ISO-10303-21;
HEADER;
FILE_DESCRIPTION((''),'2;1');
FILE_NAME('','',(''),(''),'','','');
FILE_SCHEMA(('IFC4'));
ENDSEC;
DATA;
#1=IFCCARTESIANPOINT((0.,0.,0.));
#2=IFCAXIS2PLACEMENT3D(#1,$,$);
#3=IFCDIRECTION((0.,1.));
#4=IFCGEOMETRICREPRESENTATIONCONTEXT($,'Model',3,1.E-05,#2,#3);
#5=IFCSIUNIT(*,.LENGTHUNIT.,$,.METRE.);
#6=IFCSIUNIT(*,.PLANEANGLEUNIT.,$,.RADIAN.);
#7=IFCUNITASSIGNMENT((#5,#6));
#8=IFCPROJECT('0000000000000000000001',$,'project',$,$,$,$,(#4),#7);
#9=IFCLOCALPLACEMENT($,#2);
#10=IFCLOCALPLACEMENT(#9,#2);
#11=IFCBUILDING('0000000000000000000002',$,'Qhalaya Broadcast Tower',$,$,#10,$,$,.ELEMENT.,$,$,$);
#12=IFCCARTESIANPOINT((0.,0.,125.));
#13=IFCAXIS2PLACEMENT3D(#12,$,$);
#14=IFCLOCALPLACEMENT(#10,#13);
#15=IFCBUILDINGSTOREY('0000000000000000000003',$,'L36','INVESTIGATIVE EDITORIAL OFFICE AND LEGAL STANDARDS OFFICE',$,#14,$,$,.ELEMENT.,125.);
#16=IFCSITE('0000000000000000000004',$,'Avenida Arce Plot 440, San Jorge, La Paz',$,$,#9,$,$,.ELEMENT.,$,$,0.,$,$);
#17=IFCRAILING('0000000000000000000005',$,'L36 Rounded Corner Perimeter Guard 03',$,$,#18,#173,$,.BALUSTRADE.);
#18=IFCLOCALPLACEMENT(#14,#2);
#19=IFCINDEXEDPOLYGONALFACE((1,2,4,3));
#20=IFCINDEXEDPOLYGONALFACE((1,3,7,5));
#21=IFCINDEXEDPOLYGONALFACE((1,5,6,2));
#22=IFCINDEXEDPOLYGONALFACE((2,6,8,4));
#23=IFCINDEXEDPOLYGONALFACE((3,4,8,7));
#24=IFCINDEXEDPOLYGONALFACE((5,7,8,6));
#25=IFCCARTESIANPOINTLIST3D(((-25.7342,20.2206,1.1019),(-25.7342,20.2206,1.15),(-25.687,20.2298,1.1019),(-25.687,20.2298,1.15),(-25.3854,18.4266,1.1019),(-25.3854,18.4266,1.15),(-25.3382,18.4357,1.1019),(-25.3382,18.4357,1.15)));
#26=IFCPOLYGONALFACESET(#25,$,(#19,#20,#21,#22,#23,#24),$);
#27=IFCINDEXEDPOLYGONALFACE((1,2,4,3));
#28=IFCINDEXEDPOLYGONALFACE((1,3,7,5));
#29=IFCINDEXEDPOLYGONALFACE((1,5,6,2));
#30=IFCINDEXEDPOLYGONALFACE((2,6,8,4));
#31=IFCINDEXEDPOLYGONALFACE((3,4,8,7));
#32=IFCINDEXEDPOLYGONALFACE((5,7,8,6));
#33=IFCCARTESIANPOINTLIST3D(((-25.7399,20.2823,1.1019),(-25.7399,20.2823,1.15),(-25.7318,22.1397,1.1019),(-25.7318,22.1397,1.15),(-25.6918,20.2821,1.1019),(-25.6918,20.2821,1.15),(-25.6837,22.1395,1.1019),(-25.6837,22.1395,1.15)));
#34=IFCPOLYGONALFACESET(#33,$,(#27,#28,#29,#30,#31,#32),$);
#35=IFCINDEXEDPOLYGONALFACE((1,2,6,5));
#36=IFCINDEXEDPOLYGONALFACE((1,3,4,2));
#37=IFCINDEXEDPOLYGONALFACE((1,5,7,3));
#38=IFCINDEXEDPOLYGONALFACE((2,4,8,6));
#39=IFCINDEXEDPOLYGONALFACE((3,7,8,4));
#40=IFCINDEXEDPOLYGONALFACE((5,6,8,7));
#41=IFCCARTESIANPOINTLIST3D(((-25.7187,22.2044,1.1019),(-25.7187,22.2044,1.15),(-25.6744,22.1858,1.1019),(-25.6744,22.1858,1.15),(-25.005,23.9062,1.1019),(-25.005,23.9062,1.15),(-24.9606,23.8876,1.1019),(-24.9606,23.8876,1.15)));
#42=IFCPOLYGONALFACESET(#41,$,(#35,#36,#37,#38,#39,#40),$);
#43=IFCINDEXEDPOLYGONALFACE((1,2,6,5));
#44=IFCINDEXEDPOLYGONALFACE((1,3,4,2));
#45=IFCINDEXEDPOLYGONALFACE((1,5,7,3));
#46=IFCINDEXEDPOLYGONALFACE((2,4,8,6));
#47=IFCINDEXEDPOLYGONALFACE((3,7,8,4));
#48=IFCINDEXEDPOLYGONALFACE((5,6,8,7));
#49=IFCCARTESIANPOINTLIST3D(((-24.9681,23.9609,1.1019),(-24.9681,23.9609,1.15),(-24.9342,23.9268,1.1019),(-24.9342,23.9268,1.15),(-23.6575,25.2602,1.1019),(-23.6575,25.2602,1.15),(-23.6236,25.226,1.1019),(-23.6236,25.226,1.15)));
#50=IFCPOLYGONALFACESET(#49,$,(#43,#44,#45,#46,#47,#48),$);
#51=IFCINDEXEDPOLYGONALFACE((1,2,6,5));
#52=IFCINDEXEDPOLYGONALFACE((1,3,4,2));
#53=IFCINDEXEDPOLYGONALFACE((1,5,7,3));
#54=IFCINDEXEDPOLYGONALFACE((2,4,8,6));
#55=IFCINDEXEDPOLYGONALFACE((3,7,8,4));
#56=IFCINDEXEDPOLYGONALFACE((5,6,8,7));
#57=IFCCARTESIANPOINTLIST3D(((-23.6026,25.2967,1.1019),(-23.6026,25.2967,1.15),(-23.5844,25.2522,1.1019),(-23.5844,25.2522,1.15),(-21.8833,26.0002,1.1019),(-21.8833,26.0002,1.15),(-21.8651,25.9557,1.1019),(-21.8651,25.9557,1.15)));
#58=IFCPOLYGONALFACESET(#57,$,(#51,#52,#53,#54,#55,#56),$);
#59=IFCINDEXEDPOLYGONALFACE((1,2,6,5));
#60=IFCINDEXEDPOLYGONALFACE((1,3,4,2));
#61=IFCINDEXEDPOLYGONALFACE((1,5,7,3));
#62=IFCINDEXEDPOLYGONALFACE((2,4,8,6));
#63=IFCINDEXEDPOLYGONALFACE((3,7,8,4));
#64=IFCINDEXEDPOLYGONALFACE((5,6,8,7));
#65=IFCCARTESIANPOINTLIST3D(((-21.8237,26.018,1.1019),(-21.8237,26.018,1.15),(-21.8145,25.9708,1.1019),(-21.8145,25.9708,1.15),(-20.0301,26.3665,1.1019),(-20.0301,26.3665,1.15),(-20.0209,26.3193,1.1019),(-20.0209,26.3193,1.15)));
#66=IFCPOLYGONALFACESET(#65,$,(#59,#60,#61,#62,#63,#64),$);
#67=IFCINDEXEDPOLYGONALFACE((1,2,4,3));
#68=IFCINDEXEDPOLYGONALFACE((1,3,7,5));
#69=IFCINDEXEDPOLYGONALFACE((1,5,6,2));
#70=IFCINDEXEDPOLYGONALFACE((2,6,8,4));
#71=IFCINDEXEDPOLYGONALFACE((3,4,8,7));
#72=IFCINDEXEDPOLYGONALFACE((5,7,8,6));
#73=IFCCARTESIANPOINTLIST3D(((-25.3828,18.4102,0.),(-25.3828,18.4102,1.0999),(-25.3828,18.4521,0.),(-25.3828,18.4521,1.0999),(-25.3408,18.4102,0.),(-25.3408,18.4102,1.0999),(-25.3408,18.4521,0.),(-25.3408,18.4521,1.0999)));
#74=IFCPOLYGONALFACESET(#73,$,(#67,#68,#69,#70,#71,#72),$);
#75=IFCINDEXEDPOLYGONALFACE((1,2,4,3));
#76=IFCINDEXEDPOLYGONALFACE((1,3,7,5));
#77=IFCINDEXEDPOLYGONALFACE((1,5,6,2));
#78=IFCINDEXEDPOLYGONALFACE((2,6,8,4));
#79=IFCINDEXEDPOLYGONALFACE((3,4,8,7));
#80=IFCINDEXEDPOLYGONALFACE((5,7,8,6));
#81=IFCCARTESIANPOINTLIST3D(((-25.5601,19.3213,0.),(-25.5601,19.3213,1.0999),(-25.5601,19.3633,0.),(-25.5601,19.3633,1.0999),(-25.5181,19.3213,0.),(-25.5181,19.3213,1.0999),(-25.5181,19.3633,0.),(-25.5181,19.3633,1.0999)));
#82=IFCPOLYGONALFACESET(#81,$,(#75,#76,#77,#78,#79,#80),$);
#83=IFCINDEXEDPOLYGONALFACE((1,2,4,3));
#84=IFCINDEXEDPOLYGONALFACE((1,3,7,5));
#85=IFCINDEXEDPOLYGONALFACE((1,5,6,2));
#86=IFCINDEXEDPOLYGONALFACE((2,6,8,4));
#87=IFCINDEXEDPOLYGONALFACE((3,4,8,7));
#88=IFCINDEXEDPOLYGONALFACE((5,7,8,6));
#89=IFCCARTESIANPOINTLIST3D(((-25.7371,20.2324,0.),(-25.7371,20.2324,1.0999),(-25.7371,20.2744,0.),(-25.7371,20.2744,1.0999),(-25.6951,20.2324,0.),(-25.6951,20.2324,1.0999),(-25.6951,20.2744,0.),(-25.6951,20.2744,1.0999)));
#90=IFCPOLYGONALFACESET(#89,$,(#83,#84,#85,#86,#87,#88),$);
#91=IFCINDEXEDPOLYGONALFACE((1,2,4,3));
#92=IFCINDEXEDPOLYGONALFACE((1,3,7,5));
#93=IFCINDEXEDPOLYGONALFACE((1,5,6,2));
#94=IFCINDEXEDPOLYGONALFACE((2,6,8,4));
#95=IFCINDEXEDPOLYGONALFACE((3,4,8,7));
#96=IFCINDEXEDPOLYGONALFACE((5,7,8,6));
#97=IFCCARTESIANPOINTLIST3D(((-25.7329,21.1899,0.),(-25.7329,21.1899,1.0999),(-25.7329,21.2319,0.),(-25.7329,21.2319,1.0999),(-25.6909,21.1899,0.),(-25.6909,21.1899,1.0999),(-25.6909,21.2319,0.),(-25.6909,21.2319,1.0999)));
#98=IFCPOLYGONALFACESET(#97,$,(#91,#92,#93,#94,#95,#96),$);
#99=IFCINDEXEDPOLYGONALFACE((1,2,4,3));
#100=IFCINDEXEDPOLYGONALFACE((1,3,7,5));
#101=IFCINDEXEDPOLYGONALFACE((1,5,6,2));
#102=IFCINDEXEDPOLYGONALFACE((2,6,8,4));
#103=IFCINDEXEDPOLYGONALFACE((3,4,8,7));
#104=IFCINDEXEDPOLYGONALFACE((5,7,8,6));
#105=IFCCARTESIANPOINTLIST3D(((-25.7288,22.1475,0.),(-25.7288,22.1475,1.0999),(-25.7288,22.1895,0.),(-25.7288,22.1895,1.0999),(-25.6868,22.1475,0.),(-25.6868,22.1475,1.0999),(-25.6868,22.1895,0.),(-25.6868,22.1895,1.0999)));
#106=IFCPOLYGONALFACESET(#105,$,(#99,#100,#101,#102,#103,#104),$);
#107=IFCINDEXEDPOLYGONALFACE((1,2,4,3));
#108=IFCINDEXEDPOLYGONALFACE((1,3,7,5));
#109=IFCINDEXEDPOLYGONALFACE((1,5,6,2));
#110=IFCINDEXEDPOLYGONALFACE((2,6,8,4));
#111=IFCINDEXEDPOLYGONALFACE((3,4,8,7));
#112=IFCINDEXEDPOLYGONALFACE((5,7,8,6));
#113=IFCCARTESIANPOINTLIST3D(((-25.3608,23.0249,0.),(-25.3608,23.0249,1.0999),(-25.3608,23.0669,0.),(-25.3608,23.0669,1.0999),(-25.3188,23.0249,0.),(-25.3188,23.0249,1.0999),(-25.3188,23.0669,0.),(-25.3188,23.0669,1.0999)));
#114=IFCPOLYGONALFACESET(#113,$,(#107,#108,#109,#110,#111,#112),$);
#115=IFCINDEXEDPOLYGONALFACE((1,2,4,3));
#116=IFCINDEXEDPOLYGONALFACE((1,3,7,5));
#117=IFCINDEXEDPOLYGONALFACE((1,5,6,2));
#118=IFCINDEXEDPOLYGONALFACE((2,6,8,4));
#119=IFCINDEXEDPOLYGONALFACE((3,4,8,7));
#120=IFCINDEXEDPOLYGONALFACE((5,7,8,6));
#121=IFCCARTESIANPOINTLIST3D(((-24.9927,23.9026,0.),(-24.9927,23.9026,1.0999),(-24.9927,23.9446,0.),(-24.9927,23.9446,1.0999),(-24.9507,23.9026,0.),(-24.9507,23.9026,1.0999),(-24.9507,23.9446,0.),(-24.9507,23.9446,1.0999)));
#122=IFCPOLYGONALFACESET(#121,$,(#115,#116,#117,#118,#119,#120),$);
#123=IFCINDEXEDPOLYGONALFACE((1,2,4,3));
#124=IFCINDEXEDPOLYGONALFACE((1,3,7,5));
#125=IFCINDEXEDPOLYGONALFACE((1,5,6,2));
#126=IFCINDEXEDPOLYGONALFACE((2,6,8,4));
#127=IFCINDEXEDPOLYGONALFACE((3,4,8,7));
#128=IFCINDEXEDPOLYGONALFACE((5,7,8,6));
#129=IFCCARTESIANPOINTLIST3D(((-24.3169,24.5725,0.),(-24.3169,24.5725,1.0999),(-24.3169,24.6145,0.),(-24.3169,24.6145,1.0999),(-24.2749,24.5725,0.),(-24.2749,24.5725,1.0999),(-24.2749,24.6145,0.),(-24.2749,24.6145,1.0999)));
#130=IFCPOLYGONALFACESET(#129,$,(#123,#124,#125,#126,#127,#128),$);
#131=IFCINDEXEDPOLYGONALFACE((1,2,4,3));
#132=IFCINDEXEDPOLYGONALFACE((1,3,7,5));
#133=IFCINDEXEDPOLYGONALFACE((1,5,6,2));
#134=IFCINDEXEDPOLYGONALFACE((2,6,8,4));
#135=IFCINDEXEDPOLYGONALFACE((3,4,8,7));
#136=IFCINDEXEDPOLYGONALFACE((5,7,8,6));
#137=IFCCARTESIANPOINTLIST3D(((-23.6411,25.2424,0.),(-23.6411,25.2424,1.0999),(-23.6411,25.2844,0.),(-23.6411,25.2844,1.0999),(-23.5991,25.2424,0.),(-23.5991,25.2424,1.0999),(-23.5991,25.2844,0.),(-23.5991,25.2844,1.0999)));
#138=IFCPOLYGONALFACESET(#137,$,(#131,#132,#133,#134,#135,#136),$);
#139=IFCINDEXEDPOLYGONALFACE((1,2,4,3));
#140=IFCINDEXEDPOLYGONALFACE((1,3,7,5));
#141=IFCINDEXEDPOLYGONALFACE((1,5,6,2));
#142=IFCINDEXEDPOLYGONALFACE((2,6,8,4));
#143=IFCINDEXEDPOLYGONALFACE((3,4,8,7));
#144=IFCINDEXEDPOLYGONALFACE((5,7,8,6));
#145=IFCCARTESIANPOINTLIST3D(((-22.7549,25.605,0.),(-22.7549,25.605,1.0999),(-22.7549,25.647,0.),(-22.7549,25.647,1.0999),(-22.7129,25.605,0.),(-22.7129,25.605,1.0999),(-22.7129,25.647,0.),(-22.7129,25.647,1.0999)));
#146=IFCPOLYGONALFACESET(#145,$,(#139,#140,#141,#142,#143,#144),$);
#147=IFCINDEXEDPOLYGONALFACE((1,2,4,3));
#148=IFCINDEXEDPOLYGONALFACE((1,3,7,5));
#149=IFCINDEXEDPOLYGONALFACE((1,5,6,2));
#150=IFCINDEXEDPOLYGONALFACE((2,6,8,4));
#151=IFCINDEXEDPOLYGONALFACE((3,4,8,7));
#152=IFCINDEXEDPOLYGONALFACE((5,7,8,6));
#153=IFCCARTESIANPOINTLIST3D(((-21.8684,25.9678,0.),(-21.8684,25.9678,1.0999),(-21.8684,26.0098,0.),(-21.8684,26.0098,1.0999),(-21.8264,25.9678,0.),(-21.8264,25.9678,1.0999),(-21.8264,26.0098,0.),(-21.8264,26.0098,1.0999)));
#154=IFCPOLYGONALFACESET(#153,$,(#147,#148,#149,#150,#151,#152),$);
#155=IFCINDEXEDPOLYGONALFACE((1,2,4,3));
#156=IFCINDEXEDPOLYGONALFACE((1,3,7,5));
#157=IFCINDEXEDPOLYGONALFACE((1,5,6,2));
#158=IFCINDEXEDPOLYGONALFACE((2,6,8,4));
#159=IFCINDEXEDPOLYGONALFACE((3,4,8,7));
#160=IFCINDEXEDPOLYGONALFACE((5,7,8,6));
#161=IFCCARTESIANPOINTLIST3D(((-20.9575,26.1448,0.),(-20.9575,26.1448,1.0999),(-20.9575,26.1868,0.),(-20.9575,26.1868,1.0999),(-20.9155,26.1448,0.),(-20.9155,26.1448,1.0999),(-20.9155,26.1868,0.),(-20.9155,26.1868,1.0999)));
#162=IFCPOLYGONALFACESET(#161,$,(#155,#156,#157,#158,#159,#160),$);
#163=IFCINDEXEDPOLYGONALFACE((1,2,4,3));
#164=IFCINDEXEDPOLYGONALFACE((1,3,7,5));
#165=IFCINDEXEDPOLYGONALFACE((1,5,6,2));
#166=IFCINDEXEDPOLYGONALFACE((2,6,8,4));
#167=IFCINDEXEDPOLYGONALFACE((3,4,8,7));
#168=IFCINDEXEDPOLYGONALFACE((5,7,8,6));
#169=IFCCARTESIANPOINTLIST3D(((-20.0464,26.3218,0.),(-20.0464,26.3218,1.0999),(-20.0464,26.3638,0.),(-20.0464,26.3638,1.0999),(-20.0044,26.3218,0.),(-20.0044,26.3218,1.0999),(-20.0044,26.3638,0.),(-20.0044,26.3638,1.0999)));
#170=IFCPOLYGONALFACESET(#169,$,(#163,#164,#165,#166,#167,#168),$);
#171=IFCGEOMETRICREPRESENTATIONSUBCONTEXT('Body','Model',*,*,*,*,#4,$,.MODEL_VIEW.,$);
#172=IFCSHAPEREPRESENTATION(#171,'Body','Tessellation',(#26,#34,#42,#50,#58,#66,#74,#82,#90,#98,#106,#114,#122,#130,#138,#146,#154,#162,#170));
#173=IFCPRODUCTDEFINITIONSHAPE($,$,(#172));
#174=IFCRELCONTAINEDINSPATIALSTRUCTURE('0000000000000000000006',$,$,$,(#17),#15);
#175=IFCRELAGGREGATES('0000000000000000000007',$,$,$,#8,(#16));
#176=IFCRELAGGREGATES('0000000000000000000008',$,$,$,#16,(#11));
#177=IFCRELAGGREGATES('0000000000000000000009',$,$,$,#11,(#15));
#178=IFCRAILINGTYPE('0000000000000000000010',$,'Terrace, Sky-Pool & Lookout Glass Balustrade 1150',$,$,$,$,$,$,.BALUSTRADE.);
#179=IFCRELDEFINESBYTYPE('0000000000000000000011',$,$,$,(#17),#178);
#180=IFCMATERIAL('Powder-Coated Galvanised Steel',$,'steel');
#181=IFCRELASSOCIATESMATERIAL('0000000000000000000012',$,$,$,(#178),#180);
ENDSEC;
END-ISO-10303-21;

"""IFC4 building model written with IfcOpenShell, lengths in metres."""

from ifc_helpers import new_model, si_unit, direction, frame, origin, origin_2d, place, context, subcontext, project, spatial, rectangle, extrude, material, type_object, element, save


model = new_model("IFC4")

# Units and contexts
model_context = context("Model", 3, precision=1e-05, world=origin(), true_north=direction((0.0, 1.0)))
body_context = subcontext(model_context, "Body", "Model", "MODEL_VIEW")
ifc_project = project(units=[si_unit("LENGTHUNIT", "METRE"), si_unit("PLANEANGLEUNIT", "RADIAN")], contexts=[model_context])

# Site, building, storey
site_placement = place(None, origin())
site = spatial("IfcSite", under=ifc_project, at=site_placement, Name="Avenida Arce Plot 440, San Jorge, La Paz", CompositionType="ELEMENT", RefElevation=0.0)
building_placement = place(site_placement, origin())
building = spatial("IfcBuilding", under=site, at=building_placement, Name="Qhalaya Broadcast Tower", CompositionType="ELEMENT")
storey_placement = place(building_placement, frame((0.0, 0.0, 125.0)))
storey = spatial("IfcBuildingStorey", under=building, at=storey_placement, Name="L36", Description="INVESTIGATIVE EDITORIAL OFFICE AND LEGAL STANDARDS OFFICE", CompositionType="ELEMENT", Elevation=125.0)

# Railing
ifc_material_1 = material(Name="Powder-Coated Galvanised Steel", Category="steel")
railing_type = type_object("IfcRailingType", Name="Terrace, Sky-Pool & Lookout Glass Balustrade 1150", PredefinedType="BALUSTRADE", material=ifc_material_1)
railing_placement = place(storey_placement, frame((-25.3618, 18.4312, 0.0)))
element("IfcRailing", 1, at=railing_placement, inside=storey, type_object=railing_type, Name="L36 Rounded Corner Perimeter Guard 03", PredefinedType="BALUSTRADE", context=body_context, shape_type="SweptSolid", body=[
    extrude(rectangle(XDim=0.0481, YDim=0.0481, at=origin_2d()), frame((0.0, 0.0, 1.126), z_axis=(-0.190827, 0.981624, 0.0), x_axis=(-0.981624, -0.190827, 0.0)), (0.0, 0.0, 1.0), 1.8276),
    extrude(rectangle(XDim=0.0481, YDim=0.0481, at=origin_2d()), frame((-0.354, 1.8511, 1.126), z_axis=(0.004334, 0.999991, 0.0), x_axis=(-0.999991, 0.004334, 0.0)), (0.0, 0.0, 1.0), 1.8574),
    extrude(rectangle(XDim=0.0481, YDim=0.0481, at=origin_2d()), frame((-0.3347, 3.7639, 1.126), z_axis=(0.386755, 0.922183, 0.0), x_axis=(-0.922183, 0.386755, 0.0)), (0.0, 0.0, 1.0), 1.8455),
    extrude(rectangle(XDim=0.0481, YDim=0.0481, at=origin_2d()), frame((0.4106, 5.5127, 1.126), z_axis=(0.710179, 0.704021, 0.0), x_axis=(-0.704021, 0.710179, 0.0)), (0.0, 0.0, 1.0), 1.8455),
    extrude(rectangle(XDim=0.0481, YDim=0.0481, at=origin_2d()), frame((1.7683, 6.8433, 1.126), z_axis=(0.925521, 0.378697, 0.0), x_axis=(-0.378697, 0.925521, 0.0)), (0.0, 0.0, 1.0), 1.8577),
    extrude(rectangle(XDim=0.0481, YDim=0.0481, at=origin_2d()), frame((3.5427, 7.5632, 1.126), z_axis=(0.981643, 0.190725, 0.0), x_axis=(-0.190725, 0.981643, 0.0)), (0.0, 0.0, 1.0), 1.8271),
    extrude(rectangle(XDim=0.042, YDim=0.042, at=origin_2d()), origin(), (0.0, 0.0, 1.0), 1.0999),
    extrude(rectangle(XDim=0.042, YDim=0.042, at=origin_2d()), frame((-0.1772, 0.9111, 0.0)), (0.0, 0.0, 1.0), 1.0999),
    extrude(rectangle(XDim=0.042, YDim=0.042, at=origin_2d()), frame((-0.3542, 1.8223, 0.0)), (0.0, 0.0, 1.0), 1.0999),
    extrude(rectangle(XDim=0.042, YDim=0.042, at=origin_2d()), frame((-0.3501, 2.7798, 0.0)), (0.0, 0.0, 1.0), 1.0999),
    extrude(rectangle(XDim=0.042, YDim=0.042, at=origin_2d()), frame((-0.3459, 3.7373, 0.0)), (0.0, 0.0, 1.0), 1.0999),
    extrude(rectangle(XDim=0.042, YDim=0.042, at=origin_2d()), frame((0.022, 4.6147, 0.0)), (0.0, 0.0, 1.0), 1.0999),
    extrude(rectangle(XDim=0.042, YDim=0.042, at=origin_2d()), frame((0.3901, 5.4924, 0.0)), (0.0, 0.0, 1.0), 1.0999),
    extrude(rectangle(XDim=0.042, YDim=0.042, at=origin_2d()), frame((1.0659, 6.1624, 0.0)), (0.0, 0.0, 1.0), 1.0999),
    extrude(rectangle(XDim=0.042, YDim=0.042, at=origin_2d()), frame((1.7417, 6.8323, 0.0)), (0.0, 0.0, 1.0), 1.0999),
    extrude(rectangle(XDim=0.042, YDim=0.042, at=origin_2d()), frame((2.6279, 7.1948, 0.0)), (0.0, 0.0, 1.0), 1.0999),
    extrude(rectangle(XDim=0.042, YDim=0.042, at=origin_2d()), frame((3.5144, 7.5576, 0.0)), (0.0, 0.0, 1.0), 1.0999),
    extrude(rectangle(XDim=0.042, YDim=0.042, at=origin_2d()), frame((4.4253, 7.7346, 0.0)), (0.0, 0.0, 1.0), 1.0999),
    extrude(rectangle(XDim=0.042, YDim=0.042, at=origin_2d()), frame((5.3364, 7.9116, 0.0)), (0.0, 0.0, 1.0), 1.0999),
])

save(model, "model.ifc")
